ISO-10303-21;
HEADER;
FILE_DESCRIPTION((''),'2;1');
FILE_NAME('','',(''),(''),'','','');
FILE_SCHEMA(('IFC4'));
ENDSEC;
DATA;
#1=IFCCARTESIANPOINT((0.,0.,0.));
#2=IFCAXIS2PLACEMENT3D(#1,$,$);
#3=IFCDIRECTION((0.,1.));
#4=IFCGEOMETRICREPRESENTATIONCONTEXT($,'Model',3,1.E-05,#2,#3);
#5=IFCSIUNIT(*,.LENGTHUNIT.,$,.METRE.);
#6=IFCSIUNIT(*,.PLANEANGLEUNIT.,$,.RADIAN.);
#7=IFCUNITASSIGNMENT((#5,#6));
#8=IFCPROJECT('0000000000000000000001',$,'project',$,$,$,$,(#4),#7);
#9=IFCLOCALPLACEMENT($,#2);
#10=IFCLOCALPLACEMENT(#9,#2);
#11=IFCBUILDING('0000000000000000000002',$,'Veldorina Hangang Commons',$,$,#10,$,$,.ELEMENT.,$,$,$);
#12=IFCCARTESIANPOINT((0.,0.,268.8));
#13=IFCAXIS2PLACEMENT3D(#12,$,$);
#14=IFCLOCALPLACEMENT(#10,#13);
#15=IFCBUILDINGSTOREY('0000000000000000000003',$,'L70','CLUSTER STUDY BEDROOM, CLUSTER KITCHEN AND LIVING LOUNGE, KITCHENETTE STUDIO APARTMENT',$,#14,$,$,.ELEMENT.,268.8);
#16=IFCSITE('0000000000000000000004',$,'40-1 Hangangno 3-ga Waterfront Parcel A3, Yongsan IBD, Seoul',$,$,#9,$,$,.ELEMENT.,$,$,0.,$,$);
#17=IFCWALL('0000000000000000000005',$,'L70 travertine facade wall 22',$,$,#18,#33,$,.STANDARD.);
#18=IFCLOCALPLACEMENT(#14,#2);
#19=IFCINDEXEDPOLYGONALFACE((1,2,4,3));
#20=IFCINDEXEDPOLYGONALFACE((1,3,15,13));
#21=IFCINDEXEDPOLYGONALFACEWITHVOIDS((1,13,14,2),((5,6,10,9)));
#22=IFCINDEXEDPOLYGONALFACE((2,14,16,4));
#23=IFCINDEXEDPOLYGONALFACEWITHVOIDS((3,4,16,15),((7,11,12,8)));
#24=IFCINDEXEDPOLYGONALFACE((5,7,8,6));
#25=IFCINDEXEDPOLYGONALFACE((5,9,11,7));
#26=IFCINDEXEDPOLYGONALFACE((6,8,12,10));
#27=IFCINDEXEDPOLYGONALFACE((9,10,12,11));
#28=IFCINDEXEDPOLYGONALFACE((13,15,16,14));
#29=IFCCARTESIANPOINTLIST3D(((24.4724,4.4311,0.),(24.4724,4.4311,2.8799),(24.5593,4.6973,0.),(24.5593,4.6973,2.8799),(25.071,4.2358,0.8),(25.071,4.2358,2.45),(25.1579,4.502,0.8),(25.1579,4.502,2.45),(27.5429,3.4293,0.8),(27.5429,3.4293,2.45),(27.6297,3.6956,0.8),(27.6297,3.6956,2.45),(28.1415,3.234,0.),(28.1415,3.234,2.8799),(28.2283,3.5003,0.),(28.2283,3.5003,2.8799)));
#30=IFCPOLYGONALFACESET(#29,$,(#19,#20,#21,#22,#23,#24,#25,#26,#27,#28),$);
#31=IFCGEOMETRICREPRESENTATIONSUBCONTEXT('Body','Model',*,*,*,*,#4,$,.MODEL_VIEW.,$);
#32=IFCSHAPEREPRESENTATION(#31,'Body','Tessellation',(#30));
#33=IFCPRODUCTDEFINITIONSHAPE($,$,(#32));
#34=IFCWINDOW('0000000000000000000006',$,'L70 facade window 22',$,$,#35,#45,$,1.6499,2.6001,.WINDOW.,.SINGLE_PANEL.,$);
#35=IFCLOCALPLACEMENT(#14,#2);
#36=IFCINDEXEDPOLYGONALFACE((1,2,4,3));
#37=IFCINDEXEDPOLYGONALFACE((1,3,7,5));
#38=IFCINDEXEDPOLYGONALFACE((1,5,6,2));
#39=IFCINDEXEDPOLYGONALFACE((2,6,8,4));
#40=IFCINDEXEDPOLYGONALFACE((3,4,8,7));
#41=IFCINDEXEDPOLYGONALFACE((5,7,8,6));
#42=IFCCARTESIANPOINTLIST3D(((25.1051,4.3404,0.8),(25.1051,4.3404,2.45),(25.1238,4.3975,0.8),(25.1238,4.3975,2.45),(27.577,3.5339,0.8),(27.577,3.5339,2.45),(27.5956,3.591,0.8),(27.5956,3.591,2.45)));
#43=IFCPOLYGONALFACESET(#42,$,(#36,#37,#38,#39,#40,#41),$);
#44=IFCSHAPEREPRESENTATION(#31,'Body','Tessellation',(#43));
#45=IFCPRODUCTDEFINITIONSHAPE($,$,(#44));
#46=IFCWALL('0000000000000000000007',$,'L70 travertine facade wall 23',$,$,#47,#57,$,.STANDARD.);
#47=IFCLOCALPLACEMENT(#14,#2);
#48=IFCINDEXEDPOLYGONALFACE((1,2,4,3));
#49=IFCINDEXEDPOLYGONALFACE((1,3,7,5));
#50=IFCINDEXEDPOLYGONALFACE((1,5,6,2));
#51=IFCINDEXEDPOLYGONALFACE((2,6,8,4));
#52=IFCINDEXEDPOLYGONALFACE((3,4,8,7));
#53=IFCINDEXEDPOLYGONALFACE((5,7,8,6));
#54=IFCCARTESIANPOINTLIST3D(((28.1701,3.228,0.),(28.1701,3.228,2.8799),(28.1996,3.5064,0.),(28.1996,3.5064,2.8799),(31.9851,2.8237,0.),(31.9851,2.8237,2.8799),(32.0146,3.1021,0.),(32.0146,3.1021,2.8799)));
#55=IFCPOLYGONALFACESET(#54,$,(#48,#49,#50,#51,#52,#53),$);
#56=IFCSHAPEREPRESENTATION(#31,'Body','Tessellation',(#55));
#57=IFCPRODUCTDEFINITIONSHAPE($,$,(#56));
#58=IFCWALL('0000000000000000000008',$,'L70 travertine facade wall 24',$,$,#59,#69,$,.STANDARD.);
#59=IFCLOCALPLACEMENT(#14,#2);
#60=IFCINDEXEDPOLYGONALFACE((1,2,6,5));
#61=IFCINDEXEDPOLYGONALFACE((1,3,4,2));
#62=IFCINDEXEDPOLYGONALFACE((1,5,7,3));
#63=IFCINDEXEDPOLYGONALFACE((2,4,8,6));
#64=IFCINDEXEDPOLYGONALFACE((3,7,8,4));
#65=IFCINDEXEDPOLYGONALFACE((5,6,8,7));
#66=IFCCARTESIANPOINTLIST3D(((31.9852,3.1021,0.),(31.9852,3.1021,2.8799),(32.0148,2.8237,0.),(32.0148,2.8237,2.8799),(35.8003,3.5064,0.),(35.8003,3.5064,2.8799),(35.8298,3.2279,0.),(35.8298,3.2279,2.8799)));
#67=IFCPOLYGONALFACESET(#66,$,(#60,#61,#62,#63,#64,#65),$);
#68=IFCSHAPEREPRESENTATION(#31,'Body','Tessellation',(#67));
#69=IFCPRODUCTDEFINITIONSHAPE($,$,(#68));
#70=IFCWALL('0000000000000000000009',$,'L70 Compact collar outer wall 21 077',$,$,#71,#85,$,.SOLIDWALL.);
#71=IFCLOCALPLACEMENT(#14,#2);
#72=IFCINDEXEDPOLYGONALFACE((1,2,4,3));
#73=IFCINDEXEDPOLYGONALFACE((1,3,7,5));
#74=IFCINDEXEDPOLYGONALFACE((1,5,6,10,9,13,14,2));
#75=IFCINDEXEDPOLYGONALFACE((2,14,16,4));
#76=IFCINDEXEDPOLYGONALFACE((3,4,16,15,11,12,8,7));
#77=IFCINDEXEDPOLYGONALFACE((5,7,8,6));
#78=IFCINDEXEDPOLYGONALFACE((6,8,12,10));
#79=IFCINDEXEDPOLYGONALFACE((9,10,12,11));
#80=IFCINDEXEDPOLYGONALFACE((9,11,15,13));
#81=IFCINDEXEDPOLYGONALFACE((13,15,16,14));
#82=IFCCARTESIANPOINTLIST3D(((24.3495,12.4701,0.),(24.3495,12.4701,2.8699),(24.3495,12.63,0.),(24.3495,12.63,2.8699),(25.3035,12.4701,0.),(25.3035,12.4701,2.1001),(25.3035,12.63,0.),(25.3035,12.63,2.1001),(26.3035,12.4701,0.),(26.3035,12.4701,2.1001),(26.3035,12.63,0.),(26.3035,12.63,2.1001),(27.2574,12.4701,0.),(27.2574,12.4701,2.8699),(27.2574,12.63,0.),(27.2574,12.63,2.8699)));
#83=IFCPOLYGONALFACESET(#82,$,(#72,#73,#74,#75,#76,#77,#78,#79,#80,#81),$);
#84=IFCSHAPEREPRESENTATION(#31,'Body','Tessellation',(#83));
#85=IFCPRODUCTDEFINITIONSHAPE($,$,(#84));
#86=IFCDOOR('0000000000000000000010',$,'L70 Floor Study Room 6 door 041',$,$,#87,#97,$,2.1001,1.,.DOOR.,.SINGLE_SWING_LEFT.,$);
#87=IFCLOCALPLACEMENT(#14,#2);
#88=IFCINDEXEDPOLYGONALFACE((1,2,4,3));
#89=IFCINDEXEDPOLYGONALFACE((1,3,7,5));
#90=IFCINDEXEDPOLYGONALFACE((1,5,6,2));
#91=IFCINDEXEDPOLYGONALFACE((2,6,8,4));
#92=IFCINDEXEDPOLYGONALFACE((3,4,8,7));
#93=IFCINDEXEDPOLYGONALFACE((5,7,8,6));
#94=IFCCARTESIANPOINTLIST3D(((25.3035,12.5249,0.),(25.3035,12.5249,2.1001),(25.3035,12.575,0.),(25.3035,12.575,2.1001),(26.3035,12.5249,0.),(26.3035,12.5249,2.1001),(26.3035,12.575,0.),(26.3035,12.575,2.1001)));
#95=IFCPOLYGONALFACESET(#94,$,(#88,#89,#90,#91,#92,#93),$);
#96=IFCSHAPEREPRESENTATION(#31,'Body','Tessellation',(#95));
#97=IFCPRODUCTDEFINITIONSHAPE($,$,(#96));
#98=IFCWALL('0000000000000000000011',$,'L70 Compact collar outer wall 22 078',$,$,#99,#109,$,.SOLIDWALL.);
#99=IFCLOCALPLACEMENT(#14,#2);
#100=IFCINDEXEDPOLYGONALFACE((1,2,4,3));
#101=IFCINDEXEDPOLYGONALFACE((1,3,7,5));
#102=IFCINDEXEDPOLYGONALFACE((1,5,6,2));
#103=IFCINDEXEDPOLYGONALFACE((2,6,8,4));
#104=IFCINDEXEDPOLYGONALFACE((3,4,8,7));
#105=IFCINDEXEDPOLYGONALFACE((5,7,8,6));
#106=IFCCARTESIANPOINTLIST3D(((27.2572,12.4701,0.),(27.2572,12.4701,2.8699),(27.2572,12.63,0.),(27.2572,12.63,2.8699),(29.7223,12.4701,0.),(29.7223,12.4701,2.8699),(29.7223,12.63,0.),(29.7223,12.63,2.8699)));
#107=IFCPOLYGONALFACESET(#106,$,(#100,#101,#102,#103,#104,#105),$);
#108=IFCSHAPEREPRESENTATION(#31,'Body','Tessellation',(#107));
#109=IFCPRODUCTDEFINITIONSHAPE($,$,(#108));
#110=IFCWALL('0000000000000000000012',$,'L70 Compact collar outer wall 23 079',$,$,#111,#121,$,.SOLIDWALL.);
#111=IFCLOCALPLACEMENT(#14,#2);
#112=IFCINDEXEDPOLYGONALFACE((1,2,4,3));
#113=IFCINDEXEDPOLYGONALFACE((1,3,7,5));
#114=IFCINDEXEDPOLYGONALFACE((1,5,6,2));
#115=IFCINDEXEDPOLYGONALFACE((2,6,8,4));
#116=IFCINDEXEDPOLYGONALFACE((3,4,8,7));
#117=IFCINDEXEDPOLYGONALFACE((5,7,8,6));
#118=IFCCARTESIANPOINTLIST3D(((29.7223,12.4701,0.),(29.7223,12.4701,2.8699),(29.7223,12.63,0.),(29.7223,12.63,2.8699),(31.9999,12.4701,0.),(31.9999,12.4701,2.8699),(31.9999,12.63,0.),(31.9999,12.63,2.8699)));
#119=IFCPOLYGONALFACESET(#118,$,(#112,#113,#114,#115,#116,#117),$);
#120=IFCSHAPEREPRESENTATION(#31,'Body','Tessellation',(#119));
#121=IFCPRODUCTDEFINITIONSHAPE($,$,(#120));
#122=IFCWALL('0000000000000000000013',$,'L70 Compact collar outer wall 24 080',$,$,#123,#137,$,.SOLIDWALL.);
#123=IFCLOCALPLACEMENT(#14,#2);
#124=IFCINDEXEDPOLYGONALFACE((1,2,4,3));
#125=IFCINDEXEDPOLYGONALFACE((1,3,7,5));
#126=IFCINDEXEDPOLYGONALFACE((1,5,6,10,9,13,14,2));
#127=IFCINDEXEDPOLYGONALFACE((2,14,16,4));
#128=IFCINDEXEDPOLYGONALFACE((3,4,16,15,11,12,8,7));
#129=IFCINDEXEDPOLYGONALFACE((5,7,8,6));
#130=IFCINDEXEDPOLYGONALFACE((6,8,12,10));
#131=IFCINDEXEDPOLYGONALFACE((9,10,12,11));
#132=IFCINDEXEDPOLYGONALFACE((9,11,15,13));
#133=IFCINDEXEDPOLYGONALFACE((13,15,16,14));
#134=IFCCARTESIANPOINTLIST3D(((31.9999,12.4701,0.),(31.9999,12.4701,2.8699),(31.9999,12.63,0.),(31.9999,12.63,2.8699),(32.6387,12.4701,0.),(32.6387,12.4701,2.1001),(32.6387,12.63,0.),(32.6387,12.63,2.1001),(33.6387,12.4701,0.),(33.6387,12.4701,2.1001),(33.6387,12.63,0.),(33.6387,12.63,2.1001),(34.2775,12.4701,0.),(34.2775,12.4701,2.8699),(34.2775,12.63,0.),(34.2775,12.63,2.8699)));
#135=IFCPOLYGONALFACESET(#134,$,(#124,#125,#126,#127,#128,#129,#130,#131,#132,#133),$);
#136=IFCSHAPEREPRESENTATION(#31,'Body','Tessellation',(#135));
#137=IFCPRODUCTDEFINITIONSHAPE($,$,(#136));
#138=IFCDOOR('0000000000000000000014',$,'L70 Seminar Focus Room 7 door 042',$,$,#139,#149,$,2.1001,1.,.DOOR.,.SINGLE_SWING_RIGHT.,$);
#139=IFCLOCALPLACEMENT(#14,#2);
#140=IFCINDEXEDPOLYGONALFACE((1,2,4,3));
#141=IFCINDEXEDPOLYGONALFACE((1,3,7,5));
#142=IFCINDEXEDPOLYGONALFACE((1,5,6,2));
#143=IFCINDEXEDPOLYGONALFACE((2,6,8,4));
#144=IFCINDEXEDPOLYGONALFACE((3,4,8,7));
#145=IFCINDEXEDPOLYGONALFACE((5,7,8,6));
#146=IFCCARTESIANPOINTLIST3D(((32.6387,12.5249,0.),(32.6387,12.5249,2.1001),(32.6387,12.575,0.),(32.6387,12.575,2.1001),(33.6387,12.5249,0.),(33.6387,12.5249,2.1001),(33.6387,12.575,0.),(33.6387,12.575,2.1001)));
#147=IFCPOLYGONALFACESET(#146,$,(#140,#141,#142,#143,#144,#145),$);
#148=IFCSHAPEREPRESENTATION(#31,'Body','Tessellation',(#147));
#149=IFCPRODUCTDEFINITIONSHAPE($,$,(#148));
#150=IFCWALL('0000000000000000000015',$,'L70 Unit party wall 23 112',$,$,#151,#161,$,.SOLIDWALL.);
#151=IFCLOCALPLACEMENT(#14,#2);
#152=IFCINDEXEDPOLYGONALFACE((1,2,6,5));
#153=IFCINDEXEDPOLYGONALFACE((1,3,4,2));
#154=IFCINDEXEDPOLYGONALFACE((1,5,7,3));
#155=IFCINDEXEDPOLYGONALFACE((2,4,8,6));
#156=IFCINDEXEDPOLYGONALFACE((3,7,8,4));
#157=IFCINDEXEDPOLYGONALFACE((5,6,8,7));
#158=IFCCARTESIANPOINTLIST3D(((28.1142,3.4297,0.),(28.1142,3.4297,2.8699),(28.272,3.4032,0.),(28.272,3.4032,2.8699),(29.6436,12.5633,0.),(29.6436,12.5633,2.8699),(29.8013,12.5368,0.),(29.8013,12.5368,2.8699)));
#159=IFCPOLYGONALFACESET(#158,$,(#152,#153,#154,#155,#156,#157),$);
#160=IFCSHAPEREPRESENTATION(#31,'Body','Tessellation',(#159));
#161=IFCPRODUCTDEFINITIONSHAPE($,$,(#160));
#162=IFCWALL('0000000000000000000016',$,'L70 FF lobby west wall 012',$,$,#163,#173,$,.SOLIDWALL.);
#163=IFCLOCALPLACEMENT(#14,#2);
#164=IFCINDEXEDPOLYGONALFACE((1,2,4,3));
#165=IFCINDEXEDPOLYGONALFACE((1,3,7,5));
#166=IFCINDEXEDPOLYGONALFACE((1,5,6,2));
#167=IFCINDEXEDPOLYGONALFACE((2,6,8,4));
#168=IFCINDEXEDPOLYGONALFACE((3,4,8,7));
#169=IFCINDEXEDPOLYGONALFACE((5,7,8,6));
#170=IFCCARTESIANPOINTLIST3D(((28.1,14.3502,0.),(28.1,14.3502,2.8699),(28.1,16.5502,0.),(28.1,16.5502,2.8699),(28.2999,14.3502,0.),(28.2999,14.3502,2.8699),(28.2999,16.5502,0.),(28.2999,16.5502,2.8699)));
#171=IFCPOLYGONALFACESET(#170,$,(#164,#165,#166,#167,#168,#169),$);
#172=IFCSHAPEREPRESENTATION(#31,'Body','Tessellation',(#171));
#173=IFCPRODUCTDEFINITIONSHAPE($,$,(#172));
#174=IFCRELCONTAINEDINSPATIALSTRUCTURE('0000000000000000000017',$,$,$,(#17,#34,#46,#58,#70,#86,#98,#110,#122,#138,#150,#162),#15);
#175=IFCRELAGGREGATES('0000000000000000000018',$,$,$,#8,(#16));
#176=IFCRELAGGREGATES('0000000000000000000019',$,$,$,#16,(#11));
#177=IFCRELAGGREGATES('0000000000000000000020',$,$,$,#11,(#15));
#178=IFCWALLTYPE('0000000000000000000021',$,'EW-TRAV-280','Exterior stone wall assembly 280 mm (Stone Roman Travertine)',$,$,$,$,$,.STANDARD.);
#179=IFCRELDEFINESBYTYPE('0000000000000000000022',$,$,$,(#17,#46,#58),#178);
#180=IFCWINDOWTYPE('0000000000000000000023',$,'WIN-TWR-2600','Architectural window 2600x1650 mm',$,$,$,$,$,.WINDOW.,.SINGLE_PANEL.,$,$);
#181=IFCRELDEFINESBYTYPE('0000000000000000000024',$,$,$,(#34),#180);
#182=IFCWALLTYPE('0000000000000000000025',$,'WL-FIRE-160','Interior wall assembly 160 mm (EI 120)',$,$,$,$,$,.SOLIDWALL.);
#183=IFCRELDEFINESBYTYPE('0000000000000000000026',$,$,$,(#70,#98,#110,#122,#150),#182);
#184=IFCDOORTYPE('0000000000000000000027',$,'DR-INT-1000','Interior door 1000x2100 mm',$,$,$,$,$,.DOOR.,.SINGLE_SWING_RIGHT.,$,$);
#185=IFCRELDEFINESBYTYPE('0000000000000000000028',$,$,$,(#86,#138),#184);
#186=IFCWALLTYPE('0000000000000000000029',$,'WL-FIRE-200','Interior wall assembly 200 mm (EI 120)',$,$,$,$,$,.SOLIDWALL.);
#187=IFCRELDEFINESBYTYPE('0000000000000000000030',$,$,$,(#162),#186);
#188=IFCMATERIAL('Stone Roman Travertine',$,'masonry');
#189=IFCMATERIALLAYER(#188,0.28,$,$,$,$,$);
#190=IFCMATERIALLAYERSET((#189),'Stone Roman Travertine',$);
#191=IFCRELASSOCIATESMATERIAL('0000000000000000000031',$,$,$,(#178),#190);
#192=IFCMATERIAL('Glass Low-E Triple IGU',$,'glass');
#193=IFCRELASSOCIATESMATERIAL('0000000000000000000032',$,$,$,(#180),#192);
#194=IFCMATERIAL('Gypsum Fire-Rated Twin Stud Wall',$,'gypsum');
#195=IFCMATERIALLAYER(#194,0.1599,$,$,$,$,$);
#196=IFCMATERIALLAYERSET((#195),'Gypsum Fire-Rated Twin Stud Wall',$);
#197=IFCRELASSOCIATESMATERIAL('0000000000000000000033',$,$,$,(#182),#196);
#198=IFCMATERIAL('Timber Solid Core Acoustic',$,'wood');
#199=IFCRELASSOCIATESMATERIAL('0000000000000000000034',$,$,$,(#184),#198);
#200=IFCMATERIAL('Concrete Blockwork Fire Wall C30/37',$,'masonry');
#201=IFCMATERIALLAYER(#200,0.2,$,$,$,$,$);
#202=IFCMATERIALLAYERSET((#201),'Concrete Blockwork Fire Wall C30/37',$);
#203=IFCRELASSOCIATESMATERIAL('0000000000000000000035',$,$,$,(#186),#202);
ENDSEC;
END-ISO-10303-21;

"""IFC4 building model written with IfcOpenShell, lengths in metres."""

from ifc_helpers import new_model, si_unit, direction, frame, frame_2d, origin, place, context, subcontext, project, spatial, rectangle, extrude, material, layer, layer_set, type_object, element, fill, save


model = new_model("IFC4")

# Units and contexts
model_context = context("Model", 3, precision=1e-05, world=origin(), true_north=direction((0.0, 1.0)))
body_context = subcontext(model_context, "Body", "Model", "MODEL_VIEW")
ifc_project = project(units=[si_unit("LENGTHUNIT", "METRE"), si_unit("PLANEANGLEUNIT", "RADIAN")], contexts=[model_context])

# Site, building, storey
site_placement = place(None, origin())
site = spatial("IfcSite", under=ifc_project, at=site_placement, Name="40-1 Hangangno 3-ga Waterfront Parcel A3, Yongsan IBD, Seoul", CompositionType="ELEMENT", RefElevation=0.0)
building_placement = place(site_placement, origin())
building = spatial("IfcBuilding", under=site, at=building_placement, Name="Veldorina Hangang Commons", CompositionType="ELEMENT")
storey_placement = place(building_placement, frame((0.0, 0.0, 268.8)))
storey = spatial("IfcBuildingStorey", under=building, at=storey_placement, Name="L70", Description="CLUSTER STUDY BEDROOM, CLUSTER KITCHEN AND LIVING LOUNGE, KITCHENETTE STUDIO APARTMENT", CompositionType="ELEMENT", Elevation=268.8)

# Wall, opening, window
ifc_material_1 = material(Name="Stone Roman Travertine", Category="masonry")
ifc_layer_1 = layer(ifc_material_1, 0.28)
ifc_layer_set_1 = layer_set([ifc_layer_1], Name="Stone Roman Travertine")
wall_type_1 = type_object("IfcWallType", Name="EW-TRAV-280", Description="Exterior stone wall assembly 280 mm (Stone Roman Travertine)", PredefinedType="STANDARD", material=ifc_layer_set_1)
wall_1_placement = place(storey_placement, frame((24.5159, 4.5642, 0.0), z_axis=(0.0, 0.0, 1.0), x_axis=(0.950682, -0.310167, 0.0)))
wall_1 = element("IfcWall", 1, at=wall_1_placement, inside=storey, type_object=wall_type_1, Name="L70 travertine facade wall 22", PredefinedType="STANDARD", context=body_context, shape_type="SweptSolid", body=[
    extrude(rectangle(XDim=3.8594, YDim=0.28, at=frame_2d((1.9297, 0.0))), origin(), (0.0, 0.0, 1.0), 2.8799),
])
opening_1_placement = place(wall_1_placement, frame((0.6296, 0.0, 0.8)))
opening_1 = element("IfcOpeningElement", 2, at=opening_1_placement, cuts=wall_1, PredefinedType="OPENING", context=body_context, shape_type="SweptSolid", body=[
    extrude(rectangle(XDim=2.6001, YDim=1.6499, at=frame_2d((1.3, 0.825))), frame((0.0, 0.1499, 0.0), z_axis=(0.0, -1.0, 0.0), x_axis=(1.0, 0.0, 0.0)), (0.0, 0.0, 1.0), 0.3),
])
ifc_material_2 = material(Name="Glass Low-E Triple IGU", Category="glass")
window_type = type_object("IfcWindowType", Name="WIN-TWR-2600", Description="Architectural window 2600x1650 mm", PartitioningType="SINGLE_PANEL", PredefinedType="WINDOW", material=ifc_material_2)
window_placement = place(opening_1_placement, origin())
window = element("IfcWindow", 3, at=window_placement, inside=storey, type_object=window_type, Name="L70 facade window 22", OverallHeight=1.6499, OverallWidth=2.6001, PartitioningType="SINGLE_PANEL", PredefinedType="WINDOW", context=body_context, shape_type="SweptSolid", body=[
    extrude(rectangle(XDim=2.6001, YDim=1.6499, at=frame_2d((1.3, 0.825))), frame((0.0, 0.03, 0.0), z_axis=(0.0, -1.0, 0.0), x_axis=(1.0, 0.0, 0.0)), (0.0, 0.0, 1.0), 0.0601),
])
fill(opening_1, window)

# Walls
for number, where, z_axis, x_axis, name in (
    (4, (28.1848, 3.3672, 0.0), (0.0, 0.0, 1.0), (0.994432, -0.10538, 0.0), "L70 travertine facade wall 23"),
    (5, (32.0, 2.9629, 0.0), (0.0, 0.0, 1.0), (0.994432, 0.10538, 0.0), "L70 travertine facade wall 24"),
):
    element("IfcWall", number, at=place(storey_placement, frame(where, z_axis=z_axis, x_axis=x_axis)), inside=storey, type_object=wall_type_1, Name=name, PredefinedType="STANDARD", context=body_context, shape_type="SweptSolid", body=[
        extrude(rectangle(XDim=3.8364, YDim=0.28, at=frame_2d((1.9182, 0.0))), origin(), (0.0, 0.0, 1.0), 2.8799),
    ])

# Wall, opening, door
ifc_material_3 = material(Name="Gypsum Fire-Rated Twin Stud Wall", Category="gypsum")
ifc_layer_2 = layer(ifc_material_3, 0.1599)
ifc_layer_set_2 = layer_set([ifc_layer_2], Name="Gypsum Fire-Rated Twin Stud Wall")
wall_type_2 = type_object("IfcWallType", Name="WL-FIRE-160", Description="Interior wall assembly 160 mm (EI 120)", PredefinedType="SOLIDWALL", material=ifc_layer_set_2)
wall_2_placement = place(storey_placement, frame((24.3494, 12.55, 0.0), z_axis=(0.0, 0.0, 1.0), x_axis=(1.0, 0.0, 0.0)))
wall_2 = element("IfcWall", 6, at=wall_2_placement, inside=storey, type_object=wall_type_2, Name="L70 Compact collar outer wall 21 077", PredefinedType="SOLIDWALL", context=body_context, shape_type="SweptSolid", body=[
    extrude(rectangle(XDim=2.908, YDim=0.1599, at=frame_2d((1.4541, 0.0))), origin(), (0.0, 0.0, 1.0), 2.8699),
])
opening_2_placement = place(wall_2_placement, frame((0.9541, 0.0, 0.0)))
opening_2 = element("IfcOpeningElement", 7, at=opening_2_placement, cuts=wall_2, PredefinedType="OPENING", context=body_context, shape_type="SweptSolid", body=[
    extrude(rectangle(XDim=1.0, YDim=2.1001, at=frame_2d((0.5, 1.05))), frame((0.0, 0.0898, 0.0), z_axis=(0.0, -1.0, 0.0), x_axis=(1.0, 0.0, 0.0)), (0.0, 0.0, 1.0), 0.1799),
])
ifc_material_4 = material(Name="Timber Solid Core Acoustic", Category="wood")
door_type_1 = type_object("IfcDoorType", Name="DR-INT-1000", Description="Interior door 1000x2100 mm", OperationType="SINGLE_SWING_RIGHT", PredefinedType="DOOR", material=ifc_material_4)
door_1_placement = place(opening_2_placement, origin())
door_1 = element("IfcDoor", 8, at=door_1_placement, inside=storey, type_object=door_type_1, Name="L70 Floor Study Room 6 door 041", OperationType="SINGLE_SWING_LEFT", OverallHeight=2.1001, OverallWidth=1.0, PredefinedType="DOOR", context=body_context, shape_type="SweptSolid", body=[
    extrude(rectangle(XDim=1.0, YDim=2.1001, at=frame_2d((0.5, 1.05))), frame((0.0, 0.0249, 0.0), z_axis=(0.0, -1.0, 0.0), x_axis=(1.0, 0.0, 0.0)), (0.0, 0.0, 1.0), 0.05),
])
fill(opening_2, door_1)

# Walls
wall_3_placement = place(storey_placement, frame((27.2573, 12.55, 0.0), z_axis=(0.0, 0.0, 1.0), x_axis=(1.0, 0.0, 0.0)))
element("IfcWall", 9, at=wall_3_placement, inside=storey, type_object=wall_type_2, Name="L70 Compact collar outer wall 22 078", PredefinedType="SOLIDWALL", context=body_context, shape_type="SweptSolid", body=[
    extrude(rectangle(XDim=2.4651, YDim=0.1599, at=frame_2d((1.2324, 0.0))), origin(), (0.0, 0.0, 1.0), 2.8699),
])
wall_4_placement = place(storey_placement, frame((29.7224, 12.55, 0.0), z_axis=(0.0, 0.0, 1.0), x_axis=(1.0, 0.0, 0.0)))
element("IfcWall", 10, at=wall_4_placement, inside=storey, type_object=wall_type_2, Name="L70 Compact collar outer wall 23 079", PredefinedType="SOLIDWALL", context=body_context, shape_type="SweptSolid", body=[
    extrude(rectangle(XDim=2.2776, YDim=0.1599, at=frame_2d((1.1387, 0.0))), origin(), (0.0, 0.0, 1.0), 2.8699),
])

# Wall, opening, door
wall_5_placement = place(storey_placement, frame((32.0, 12.55, 0.0), z_axis=(0.0, 0.0, 1.0), x_axis=(1.0, 0.0, 0.0)))
wall_5 = element("IfcWall", 11, at=wall_5_placement, inside=storey, type_object=wall_type_2, Name="L70 Compact collar outer wall 24 080", PredefinedType="SOLIDWALL", context=body_context, shape_type="SweptSolid", body=[
    extrude(rectangle(XDim=2.2776, YDim=0.1599, at=frame_2d((1.1387, 0.0))), origin(), (0.0, 0.0, 1.0), 2.8699),
])
opening_3_placement = place(wall_5_placement, frame((0.6387, 0.0, 0.0)))
opening_3 = element("IfcOpeningElement", 12, at=opening_3_placement, cuts=wall_5, PredefinedType="OPENING", context=body_context, shape_type="SweptSolid", body=[
    extrude(rectangle(XDim=1.0, YDim=2.1001, at=frame_2d((0.5, 1.05))), frame((0.0, 0.0898, 0.0), z_axis=(0.0, -1.0, 0.0), x_axis=(1.0, 0.0, 0.0)), (0.0, 0.0, 1.0), 0.1799),
])
door_2_placement = place(opening_3_placement, origin())
door_2 = element("IfcDoor", 13, at=door_2_placement, inside=storey, type_object=door_type_1, Name="L70 Seminar Focus Room 7 door 042", OperationType="SINGLE_SWING_RIGHT", OverallHeight=2.1001, OverallWidth=1.0, PredefinedType="DOOR", context=body_context, shape_type="SweptSolid", body=[
    extrude(rectangle(XDim=1.0, YDim=2.1001, at=frame_2d((0.5, 1.05))), frame((0.0, 0.0249, 0.0), z_axis=(0.0, -1.0, 0.0), x_axis=(1.0, 0.0, 0.0)), (0.0, 0.0, 1.0), 0.05),
])
fill(opening_3, door_2)

# Walls
wall_6_placement = place(storey_placement, frame((29.7224, 12.55, 0.0), z_axis=(0.0, 0.0, 1.0), x_axis=(-0.165139, -0.98627, 0.0)))
element("IfcWall", 14, at=wall_6_placement, inside=storey, type_object=wall_type_2, Name="L70 Unit party wall 23 112", PredefinedType="SOLIDWALL", context=body_context, shape_type="SweptSolid", body=[
    extrude(rectangle(XDim=9.2607, YDim=0.1599, at=frame_2d((4.6304, 0.0))), origin(), (0.0, 0.0, 1.0), 2.8699),
])
ifc_material_5 = material(Name="Concrete Blockwork Fire Wall C30/37", Category="masonry")
ifc_layer_3 = layer(ifc_material_5, 0.2)
ifc_layer_set_3 = layer_set([ifc_layer_3], Name="Concrete Blockwork Fire Wall C30/37")
wall_type_3 = type_object("IfcWallType", Name="WL-FIRE-200", Description="Interior wall assembly 200 mm (EI 120)", PredefinedType="SOLIDWALL", material=ifc_layer_set_3)
wall_7_placement = place(storey_placement, frame((28.2, 14.3501, 0.0), z_axis=(0.0, 0.0, 1.0), x_axis=(0.0, 1.0, 0.0)))
element("IfcWall", 15, at=wall_7_placement, inside=storey, type_object=wall_type_3, Name="L70 FF lobby west wall 012", PredefinedType="SOLIDWALL", context=body_context, shape_type="SweptSolid", body=[
    extrude(rectangle(XDim=2.2, YDim=0.2, at=frame_2d((1.1001, 0.0))), origin(), (0.0, 0.0, 1.0), 2.8699),
])

save(model, "model.ifc")
